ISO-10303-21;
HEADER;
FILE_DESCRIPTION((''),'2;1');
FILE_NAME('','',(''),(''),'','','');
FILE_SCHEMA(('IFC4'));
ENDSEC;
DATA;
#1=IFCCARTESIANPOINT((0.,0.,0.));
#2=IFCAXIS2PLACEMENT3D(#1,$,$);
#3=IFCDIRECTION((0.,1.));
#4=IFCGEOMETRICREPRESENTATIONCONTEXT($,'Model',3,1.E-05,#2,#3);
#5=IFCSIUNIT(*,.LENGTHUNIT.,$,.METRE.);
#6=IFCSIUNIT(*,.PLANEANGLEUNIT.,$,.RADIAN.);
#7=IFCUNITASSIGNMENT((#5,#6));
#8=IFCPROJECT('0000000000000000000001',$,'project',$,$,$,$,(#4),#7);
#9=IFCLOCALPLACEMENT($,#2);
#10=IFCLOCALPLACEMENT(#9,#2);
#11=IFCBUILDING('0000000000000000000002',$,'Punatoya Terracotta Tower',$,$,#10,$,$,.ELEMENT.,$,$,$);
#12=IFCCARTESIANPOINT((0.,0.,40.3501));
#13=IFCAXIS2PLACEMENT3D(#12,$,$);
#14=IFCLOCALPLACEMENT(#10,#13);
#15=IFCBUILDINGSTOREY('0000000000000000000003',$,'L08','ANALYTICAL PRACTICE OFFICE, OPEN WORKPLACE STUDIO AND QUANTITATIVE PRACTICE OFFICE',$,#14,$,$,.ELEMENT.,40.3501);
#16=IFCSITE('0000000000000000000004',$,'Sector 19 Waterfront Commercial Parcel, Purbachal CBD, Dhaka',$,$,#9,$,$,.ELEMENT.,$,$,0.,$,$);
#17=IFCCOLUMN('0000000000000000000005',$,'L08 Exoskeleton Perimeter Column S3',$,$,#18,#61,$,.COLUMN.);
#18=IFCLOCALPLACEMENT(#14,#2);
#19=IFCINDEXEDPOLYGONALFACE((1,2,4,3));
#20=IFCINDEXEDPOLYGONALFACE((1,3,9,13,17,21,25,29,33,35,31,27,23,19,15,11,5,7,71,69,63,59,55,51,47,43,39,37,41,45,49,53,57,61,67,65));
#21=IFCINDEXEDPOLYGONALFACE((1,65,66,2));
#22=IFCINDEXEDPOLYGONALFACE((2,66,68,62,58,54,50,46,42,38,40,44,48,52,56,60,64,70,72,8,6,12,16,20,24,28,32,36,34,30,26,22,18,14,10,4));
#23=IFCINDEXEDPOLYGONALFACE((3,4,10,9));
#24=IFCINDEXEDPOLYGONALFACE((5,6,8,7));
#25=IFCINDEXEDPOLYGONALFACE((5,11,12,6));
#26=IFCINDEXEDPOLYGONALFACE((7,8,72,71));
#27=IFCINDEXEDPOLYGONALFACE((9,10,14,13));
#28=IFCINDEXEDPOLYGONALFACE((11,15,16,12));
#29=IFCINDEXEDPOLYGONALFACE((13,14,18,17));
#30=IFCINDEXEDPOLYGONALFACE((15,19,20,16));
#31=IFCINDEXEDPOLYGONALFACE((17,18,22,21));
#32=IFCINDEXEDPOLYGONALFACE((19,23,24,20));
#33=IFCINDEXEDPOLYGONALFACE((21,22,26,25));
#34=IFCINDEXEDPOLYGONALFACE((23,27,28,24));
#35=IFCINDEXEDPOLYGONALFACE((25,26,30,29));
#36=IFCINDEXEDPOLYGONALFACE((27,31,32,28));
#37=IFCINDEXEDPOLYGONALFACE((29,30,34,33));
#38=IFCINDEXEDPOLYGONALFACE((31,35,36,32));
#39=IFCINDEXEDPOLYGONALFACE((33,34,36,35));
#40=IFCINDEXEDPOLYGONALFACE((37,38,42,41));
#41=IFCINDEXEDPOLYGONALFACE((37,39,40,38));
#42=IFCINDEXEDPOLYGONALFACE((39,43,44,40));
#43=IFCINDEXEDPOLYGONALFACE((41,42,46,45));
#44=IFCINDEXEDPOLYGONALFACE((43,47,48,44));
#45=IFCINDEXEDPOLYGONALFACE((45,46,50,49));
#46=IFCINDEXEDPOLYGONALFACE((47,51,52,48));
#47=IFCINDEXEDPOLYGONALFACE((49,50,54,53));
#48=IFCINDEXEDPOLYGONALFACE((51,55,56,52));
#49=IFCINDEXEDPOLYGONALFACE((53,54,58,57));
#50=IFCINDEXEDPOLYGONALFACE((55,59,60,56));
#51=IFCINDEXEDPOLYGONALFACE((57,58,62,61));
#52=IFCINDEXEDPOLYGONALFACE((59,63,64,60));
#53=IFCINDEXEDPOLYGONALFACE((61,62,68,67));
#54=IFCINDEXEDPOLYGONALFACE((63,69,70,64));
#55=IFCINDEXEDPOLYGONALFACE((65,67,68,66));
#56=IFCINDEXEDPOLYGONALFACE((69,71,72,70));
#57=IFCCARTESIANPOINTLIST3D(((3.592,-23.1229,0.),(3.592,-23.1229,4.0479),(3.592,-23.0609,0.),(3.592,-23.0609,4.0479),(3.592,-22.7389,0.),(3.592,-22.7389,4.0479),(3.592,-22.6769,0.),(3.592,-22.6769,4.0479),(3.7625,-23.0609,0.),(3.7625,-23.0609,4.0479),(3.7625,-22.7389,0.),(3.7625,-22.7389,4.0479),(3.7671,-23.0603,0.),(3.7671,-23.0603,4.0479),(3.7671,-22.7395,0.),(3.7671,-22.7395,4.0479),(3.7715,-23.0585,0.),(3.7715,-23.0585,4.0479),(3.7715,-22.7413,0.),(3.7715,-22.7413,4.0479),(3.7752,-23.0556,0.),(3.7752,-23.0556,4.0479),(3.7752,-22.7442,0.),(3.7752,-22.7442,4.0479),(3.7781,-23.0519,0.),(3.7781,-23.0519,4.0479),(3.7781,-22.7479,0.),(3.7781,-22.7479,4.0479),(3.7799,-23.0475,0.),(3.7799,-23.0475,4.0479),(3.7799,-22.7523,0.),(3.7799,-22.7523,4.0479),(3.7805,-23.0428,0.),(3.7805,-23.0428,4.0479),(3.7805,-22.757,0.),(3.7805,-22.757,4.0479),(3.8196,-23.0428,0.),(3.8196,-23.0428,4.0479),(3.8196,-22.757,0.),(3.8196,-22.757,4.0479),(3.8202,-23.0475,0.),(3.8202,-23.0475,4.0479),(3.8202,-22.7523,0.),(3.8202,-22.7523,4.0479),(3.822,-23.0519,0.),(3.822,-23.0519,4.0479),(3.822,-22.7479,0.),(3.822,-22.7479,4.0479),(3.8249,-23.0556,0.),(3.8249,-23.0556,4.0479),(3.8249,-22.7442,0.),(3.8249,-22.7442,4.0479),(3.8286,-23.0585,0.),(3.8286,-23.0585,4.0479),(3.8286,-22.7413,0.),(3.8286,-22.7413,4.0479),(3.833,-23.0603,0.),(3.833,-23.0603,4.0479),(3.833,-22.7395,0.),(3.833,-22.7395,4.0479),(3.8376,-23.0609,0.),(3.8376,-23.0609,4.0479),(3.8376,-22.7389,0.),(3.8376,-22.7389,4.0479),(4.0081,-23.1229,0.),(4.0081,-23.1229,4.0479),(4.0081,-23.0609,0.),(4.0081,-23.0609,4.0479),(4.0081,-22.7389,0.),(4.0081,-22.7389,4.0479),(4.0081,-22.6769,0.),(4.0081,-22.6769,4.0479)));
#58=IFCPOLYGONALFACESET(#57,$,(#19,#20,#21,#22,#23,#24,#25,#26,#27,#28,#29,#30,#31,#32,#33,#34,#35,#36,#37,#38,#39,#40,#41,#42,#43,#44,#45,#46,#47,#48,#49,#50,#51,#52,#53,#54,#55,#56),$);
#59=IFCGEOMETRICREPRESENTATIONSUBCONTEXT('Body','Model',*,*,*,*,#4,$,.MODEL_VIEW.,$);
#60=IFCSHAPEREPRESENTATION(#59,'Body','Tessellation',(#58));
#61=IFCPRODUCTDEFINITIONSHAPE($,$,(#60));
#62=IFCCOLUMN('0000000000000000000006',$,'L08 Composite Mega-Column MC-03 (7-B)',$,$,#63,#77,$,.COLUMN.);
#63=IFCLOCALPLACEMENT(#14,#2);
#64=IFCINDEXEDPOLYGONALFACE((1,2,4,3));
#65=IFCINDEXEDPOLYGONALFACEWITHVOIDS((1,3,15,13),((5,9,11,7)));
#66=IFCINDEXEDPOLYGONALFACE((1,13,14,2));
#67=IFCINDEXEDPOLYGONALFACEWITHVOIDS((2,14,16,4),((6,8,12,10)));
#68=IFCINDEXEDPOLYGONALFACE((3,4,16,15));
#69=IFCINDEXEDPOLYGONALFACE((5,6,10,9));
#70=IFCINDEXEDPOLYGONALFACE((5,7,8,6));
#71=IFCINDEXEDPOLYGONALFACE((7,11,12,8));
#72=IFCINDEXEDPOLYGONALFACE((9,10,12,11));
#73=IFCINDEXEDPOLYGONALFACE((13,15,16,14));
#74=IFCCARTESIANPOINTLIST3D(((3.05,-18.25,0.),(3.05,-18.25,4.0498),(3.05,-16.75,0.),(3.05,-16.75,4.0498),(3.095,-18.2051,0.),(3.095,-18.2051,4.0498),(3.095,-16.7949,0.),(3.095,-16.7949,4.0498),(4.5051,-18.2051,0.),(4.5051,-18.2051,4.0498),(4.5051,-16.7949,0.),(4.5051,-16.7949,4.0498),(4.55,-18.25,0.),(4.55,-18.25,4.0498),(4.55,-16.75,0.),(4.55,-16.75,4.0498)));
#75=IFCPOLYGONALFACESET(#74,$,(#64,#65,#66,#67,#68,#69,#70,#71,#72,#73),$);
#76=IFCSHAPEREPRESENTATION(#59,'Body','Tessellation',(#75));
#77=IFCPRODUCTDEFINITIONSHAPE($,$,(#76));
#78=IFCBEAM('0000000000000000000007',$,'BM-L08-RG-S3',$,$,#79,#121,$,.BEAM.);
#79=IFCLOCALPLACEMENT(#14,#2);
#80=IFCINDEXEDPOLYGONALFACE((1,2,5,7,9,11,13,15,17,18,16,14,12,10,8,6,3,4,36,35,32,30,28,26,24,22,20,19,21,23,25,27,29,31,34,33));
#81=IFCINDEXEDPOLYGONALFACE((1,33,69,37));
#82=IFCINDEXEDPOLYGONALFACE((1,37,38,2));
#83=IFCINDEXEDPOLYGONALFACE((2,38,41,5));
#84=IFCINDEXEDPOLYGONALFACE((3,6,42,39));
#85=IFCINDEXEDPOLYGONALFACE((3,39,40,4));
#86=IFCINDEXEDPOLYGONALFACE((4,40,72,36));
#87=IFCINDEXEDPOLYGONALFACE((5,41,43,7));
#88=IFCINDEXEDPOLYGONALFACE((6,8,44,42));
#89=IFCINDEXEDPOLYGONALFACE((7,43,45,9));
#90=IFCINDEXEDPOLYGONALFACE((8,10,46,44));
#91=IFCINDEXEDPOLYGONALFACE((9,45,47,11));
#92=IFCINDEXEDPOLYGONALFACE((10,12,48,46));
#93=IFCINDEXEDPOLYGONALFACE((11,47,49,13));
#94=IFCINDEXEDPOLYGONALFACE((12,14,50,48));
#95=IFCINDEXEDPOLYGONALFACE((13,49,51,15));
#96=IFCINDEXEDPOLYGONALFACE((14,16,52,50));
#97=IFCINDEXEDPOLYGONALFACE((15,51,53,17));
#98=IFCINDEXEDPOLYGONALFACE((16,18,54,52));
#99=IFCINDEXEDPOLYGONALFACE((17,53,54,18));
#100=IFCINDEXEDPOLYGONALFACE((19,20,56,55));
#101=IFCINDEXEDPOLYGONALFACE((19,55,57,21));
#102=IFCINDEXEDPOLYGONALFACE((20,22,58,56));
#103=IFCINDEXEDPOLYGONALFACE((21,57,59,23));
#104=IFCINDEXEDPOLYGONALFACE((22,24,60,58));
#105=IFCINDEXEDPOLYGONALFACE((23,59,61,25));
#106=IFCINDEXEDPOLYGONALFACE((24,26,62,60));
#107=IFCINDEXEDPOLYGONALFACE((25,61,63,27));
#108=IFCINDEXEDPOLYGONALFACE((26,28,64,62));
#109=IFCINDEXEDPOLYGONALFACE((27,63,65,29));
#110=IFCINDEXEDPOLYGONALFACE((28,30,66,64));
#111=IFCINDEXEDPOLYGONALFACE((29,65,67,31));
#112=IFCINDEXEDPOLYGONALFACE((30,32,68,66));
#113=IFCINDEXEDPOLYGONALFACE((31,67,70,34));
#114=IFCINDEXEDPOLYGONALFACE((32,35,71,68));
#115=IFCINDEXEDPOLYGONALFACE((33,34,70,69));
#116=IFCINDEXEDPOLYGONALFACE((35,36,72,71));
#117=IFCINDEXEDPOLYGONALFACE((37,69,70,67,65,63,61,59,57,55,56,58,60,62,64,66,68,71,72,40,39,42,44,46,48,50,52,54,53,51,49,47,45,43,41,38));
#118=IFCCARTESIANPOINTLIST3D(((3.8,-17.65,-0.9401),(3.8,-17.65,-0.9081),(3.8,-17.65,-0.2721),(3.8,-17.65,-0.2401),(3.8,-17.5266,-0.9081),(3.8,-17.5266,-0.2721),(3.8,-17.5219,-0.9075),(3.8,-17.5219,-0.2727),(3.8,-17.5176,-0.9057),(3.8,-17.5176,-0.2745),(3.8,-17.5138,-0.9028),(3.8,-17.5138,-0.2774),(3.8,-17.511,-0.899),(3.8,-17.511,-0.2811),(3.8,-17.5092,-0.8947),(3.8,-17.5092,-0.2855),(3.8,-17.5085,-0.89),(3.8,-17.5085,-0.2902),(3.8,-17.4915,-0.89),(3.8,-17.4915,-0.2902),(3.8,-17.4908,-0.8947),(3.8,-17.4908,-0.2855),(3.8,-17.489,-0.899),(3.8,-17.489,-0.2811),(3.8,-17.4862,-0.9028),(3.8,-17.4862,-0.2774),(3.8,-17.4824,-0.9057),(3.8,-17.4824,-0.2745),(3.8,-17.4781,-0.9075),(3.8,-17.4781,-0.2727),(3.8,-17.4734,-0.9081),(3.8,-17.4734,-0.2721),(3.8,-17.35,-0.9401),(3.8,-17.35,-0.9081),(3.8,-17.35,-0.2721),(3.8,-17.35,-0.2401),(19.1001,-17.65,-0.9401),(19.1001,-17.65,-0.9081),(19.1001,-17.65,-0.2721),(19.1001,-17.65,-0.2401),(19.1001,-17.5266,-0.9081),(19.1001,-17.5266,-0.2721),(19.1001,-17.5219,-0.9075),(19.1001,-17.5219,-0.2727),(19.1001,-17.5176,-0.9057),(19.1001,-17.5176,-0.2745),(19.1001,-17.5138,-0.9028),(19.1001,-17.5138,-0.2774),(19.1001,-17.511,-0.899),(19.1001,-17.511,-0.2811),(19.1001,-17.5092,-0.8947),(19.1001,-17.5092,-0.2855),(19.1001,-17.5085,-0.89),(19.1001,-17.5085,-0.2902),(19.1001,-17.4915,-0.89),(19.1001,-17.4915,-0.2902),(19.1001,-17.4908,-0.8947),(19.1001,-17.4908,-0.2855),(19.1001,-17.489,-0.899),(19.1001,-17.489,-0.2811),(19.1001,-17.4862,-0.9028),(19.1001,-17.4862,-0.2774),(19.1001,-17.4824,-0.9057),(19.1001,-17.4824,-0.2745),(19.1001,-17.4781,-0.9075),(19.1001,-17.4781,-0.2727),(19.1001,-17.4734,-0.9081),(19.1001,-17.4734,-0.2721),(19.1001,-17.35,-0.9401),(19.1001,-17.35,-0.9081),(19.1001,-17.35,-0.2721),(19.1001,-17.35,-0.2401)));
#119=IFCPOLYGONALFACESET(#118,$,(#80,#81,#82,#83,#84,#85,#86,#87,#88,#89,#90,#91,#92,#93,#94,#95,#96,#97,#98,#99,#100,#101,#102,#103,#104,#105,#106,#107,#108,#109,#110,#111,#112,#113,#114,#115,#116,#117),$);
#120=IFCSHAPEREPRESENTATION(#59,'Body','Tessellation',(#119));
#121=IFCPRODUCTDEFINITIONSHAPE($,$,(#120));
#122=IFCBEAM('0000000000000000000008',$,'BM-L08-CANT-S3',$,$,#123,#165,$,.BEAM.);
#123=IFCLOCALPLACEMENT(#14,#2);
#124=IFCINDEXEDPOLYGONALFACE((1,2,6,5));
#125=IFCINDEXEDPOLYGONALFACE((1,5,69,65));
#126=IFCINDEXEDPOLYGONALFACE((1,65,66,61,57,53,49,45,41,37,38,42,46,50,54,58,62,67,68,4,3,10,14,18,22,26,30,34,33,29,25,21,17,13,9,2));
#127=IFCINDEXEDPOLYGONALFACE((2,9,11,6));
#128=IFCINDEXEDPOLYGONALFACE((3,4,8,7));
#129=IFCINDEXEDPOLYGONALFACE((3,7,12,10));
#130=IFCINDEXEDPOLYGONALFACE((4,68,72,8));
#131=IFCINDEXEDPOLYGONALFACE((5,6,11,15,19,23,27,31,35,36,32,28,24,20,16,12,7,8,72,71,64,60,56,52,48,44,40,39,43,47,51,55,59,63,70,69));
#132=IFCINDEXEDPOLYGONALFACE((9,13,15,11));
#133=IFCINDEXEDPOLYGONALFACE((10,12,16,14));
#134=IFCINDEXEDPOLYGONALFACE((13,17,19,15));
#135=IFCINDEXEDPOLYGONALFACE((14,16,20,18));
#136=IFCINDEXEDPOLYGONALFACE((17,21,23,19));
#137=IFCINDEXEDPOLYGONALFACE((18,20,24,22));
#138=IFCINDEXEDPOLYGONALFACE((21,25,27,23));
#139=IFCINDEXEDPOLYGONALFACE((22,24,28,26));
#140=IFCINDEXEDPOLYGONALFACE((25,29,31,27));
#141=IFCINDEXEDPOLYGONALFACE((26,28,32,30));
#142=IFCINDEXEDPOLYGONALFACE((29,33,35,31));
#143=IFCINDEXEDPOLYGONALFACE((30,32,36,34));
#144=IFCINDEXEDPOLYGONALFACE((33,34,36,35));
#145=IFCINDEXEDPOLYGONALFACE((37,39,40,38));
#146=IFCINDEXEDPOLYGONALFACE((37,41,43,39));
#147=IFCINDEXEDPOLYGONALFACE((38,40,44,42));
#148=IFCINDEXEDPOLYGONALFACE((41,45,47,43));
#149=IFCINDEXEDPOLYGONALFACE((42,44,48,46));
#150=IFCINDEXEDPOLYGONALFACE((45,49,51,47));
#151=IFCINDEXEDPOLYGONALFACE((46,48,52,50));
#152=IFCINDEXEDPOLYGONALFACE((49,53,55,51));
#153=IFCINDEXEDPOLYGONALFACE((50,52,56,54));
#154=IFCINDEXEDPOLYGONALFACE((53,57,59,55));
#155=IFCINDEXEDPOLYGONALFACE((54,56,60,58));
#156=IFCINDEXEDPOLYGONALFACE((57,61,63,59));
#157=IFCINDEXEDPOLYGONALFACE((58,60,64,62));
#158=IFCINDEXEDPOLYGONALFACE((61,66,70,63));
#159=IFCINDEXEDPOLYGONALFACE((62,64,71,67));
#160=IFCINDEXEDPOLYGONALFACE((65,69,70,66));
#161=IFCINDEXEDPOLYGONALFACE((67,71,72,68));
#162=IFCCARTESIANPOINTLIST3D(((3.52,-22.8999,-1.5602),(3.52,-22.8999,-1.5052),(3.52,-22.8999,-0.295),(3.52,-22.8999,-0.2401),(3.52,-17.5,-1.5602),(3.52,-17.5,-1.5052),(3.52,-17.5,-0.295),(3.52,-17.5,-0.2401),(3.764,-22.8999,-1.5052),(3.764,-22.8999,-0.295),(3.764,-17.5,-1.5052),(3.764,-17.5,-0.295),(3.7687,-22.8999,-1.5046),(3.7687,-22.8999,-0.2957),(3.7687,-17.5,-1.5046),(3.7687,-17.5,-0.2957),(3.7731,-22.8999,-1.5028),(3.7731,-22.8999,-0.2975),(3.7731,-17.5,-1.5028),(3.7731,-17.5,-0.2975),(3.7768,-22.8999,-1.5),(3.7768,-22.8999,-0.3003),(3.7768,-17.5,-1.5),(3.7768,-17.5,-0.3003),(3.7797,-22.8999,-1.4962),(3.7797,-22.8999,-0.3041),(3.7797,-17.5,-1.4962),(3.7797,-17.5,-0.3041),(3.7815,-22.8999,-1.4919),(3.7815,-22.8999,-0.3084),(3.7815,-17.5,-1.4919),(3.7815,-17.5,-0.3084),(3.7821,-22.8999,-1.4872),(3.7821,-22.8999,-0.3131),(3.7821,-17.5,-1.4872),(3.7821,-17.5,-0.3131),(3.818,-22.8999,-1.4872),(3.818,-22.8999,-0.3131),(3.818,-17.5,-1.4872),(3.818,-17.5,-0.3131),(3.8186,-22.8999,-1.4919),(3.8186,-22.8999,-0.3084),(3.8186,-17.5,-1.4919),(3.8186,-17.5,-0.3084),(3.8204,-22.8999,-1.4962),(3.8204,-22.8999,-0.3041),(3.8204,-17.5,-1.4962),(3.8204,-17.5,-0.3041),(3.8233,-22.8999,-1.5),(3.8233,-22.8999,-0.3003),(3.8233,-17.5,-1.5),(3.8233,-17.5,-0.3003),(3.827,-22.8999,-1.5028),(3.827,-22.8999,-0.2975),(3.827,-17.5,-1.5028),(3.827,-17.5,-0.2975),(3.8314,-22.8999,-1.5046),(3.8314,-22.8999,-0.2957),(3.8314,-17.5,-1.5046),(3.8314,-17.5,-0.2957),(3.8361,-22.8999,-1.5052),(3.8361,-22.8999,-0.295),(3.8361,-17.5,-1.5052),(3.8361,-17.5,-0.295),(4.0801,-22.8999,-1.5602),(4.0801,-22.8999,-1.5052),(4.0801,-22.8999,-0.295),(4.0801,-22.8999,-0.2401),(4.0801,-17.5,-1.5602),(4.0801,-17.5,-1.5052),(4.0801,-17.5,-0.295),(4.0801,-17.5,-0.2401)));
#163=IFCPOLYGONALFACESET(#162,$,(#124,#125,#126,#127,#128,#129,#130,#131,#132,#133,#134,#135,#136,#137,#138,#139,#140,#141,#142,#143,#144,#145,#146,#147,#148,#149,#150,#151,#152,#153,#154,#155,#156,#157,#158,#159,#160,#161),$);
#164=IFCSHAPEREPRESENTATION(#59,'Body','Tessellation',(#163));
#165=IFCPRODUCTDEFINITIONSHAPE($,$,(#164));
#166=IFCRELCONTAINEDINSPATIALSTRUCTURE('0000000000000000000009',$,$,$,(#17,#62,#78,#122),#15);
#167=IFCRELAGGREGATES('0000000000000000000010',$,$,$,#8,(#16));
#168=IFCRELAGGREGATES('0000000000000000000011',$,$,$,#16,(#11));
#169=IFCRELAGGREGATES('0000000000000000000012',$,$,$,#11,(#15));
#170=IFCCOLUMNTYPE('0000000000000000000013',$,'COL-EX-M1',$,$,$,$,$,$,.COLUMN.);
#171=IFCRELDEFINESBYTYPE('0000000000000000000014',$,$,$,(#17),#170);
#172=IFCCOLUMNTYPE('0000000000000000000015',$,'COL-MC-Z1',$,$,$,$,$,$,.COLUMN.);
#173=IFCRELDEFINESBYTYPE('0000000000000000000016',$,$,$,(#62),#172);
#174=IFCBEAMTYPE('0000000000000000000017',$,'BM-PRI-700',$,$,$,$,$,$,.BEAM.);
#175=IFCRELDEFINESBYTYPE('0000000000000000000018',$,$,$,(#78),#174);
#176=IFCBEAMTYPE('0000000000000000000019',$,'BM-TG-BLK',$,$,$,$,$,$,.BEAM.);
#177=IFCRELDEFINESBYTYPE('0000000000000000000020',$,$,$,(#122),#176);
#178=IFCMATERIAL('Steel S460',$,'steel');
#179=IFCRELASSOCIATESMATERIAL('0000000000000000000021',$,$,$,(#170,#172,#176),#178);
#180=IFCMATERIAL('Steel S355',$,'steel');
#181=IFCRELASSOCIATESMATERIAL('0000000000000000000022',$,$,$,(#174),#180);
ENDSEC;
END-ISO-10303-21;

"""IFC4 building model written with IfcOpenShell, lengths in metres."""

from ifc_helpers import new_model, si_unit, direction, frame, origin, origin_2d, place, context, subcontext, project, spatial, hollow_rectangle, i_section, extrude, material, material_profile, profile_set, type_object, element, save


model = new_model("IFC4")

# Units and contexts
model_context = context("Model", 3, precision=1e-05, world=origin(), true_north=direction((0.0, 1.0)))
body_context = subcontext(model_context, "Body", "Model", "MODEL_VIEW")
ifc_project = project(units=[si_unit("LENGTHUNIT", "METRE"), si_unit("PLANEANGLEUNIT", "RADIAN")], contexts=[model_context])

# Site, building, storey
site_placement = place(None, origin())
site = spatial("IfcSite", under=ifc_project, at=site_placement, Name="Sector 19 Waterfront Commercial Parcel, Purbachal CBD, Dhaka", CompositionType="ELEMENT", RefElevation=0.0)
building_placement = place(site_placement, origin())
building = spatial("IfcBuilding", under=site, at=building_placement, Name="Punatoya Terracotta Tower", CompositionType="ELEMENT")
storey_placement = place(building_placement, frame((0.0, 0.0, 40.3501)))
storey = spatial("IfcBuildingStorey", under=building, at=storey_placement, Name="L08", Description="ANALYTICAL PRACTICE OFFICE, OPEN WORKPLACE STUDIO AND QUANTITATIVE PRACTICE OFFICE", CompositionType="ELEMENT", Elevation=40.3501)

# Columns
ifc_material_1 = material(Name="Steel S460", Category="steel")
ifc_material_profile_1 = material_profile(ifc_material_1, i_section(OverallWidth=0.416, OverallDepth=0.446, WebThickness=0.0391, FlangeThickness=0.062, FilletRadius=0.0181, at=origin_2d()))
ifc_profile_set_1 = profile_set([ifc_material_profile_1], Name="Steel S460")
column_type_1 = type_object("IfcColumnType", Name="COL-EX-M1", PredefinedType="COLUMN", material=ifc_profile_set_1)
column_1_placement = place(storey_placement, frame((3.8, -22.8999, 0.0), z_axis=(0.0, 0.0, 1.0), x_axis=(1.0, 0.0, 0.0)))
element("IfcColumn", 1, at=column_1_placement, inside=storey, type_object=column_type_1, Name="L08 Exoskeleton Perimeter Column S3", PredefinedType="COLUMN", context=body_context, shape_type="SweptSolid", body=[
    extrude(i_section(OverallWidth=0.416, OverallDepth=0.446, WebThickness=0.0391, FlangeThickness=0.062, FilletRadius=0.0181, at=origin_2d()), origin(), (0.0, 0.0, 1.0), 4.0479),
])
ifc_material_profile_2 = material_profile(ifc_material_1, hollow_rectangle(XDim=1.5, YDim=1.5, WallThickness=0.0449, at=origin_2d()))
ifc_profile_set_2 = profile_set([ifc_material_profile_2], Name="Steel S460")
column_type_2 = type_object("IfcColumnType", Name="COL-MC-Z1", PredefinedType="COLUMN", material=ifc_profile_set_2)
column_2_placement = place(storey_placement, frame((3.8, -17.5, 0.0), z_axis=(0.0, 0.0, 1.0), x_axis=(1.0, 0.0, 0.0)))
element("IfcColumn", 2, at=column_2_placement, inside=storey, type_object=column_type_2, Name="L08 Composite Mega-Column MC-03 (7-B)", PredefinedType="COLUMN", context=body_context, shape_type="SweptSolid", body=[
    extrude(hollow_rectangle(XDim=1.5, YDim=1.5, WallThickness=0.0449, at=origin_2d()), origin(), (0.0, 0.0, 1.0), 4.0498),
])

# Beams
ifc_material_2 = material(Name="Steel S355", Category="steel")
ifc_material_profile_3 = material_profile(ifc_material_2, i_section(OverallWidth=0.3, OverallDepth=0.7, WebThickness=0.0171, FlangeThickness=0.032, FilletRadius=0.0181, at=origin_2d()))
ifc_profile_set_3 = profile_set([ifc_material_profile_3], Name="Steel S355")
beam_type_1 = type_object("IfcBeamType", Name="BM-PRI-700", PredefinedType="BEAM", material=ifc_profile_set_3)
beam_1_placement = place(storey_placement, frame((3.8, -17.5, -0.5901), z_axis=(1.0, 0.0, 0.0), x_axis=(0.0, 1.0, 0.0)))
element("IfcBeam", 3, at=beam_1_placement, inside=storey, type_object=beam_type_1, Name="BM-L08-RG-S3", PredefinedType="BEAM", context=body_context, shape_type="SweptSolid", body=[
    extrude(i_section(OverallWidth=0.3, OverallDepth=0.7, WebThickness=0.0171, FlangeThickness=0.032, FilletRadius=0.0181, at=origin_2d()), origin(), (0.0, 0.0, 1.0), 15.3),
])
ifc_material_profile_4 = material_profile(ifc_material_1, i_section(OverallWidth=0.5601, OverallDepth=1.3201, WebThickness=0.0359, FlangeThickness=0.0549, FilletRadius=0.0181, at=origin_2d()))
ifc_profile_set_4 = profile_set([ifc_material_profile_4], Name="Steel S460")
beam_type_2 = type_object("IfcBeamType", Name="BM-TG-BLK", PredefinedType="BEAM", material=ifc_profile_set_4)
beam_2_placement = place(storey_placement, frame((3.8, -22.8999, -0.9001), z_axis=(0.0, 1.0, 0.0), x_axis=(-1.0, 0.0, 0.0)))
element("IfcBeam", 4, at=beam_2_placement, inside=storey, type_object=beam_type_2, Name="BM-L08-CANT-S3", PredefinedType="BEAM", context=body_context, shape_type="SweptSolid", body=[
    extrude(i_section(OverallWidth=0.5601, OverallDepth=1.3201, WebThickness=0.0359, FlangeThickness=0.0549, FilletRadius=0.0181, at=origin_2d()), origin(), (0.0, 0.0, 1.0), 5.3999),
])

save(model, "model.ifc")
